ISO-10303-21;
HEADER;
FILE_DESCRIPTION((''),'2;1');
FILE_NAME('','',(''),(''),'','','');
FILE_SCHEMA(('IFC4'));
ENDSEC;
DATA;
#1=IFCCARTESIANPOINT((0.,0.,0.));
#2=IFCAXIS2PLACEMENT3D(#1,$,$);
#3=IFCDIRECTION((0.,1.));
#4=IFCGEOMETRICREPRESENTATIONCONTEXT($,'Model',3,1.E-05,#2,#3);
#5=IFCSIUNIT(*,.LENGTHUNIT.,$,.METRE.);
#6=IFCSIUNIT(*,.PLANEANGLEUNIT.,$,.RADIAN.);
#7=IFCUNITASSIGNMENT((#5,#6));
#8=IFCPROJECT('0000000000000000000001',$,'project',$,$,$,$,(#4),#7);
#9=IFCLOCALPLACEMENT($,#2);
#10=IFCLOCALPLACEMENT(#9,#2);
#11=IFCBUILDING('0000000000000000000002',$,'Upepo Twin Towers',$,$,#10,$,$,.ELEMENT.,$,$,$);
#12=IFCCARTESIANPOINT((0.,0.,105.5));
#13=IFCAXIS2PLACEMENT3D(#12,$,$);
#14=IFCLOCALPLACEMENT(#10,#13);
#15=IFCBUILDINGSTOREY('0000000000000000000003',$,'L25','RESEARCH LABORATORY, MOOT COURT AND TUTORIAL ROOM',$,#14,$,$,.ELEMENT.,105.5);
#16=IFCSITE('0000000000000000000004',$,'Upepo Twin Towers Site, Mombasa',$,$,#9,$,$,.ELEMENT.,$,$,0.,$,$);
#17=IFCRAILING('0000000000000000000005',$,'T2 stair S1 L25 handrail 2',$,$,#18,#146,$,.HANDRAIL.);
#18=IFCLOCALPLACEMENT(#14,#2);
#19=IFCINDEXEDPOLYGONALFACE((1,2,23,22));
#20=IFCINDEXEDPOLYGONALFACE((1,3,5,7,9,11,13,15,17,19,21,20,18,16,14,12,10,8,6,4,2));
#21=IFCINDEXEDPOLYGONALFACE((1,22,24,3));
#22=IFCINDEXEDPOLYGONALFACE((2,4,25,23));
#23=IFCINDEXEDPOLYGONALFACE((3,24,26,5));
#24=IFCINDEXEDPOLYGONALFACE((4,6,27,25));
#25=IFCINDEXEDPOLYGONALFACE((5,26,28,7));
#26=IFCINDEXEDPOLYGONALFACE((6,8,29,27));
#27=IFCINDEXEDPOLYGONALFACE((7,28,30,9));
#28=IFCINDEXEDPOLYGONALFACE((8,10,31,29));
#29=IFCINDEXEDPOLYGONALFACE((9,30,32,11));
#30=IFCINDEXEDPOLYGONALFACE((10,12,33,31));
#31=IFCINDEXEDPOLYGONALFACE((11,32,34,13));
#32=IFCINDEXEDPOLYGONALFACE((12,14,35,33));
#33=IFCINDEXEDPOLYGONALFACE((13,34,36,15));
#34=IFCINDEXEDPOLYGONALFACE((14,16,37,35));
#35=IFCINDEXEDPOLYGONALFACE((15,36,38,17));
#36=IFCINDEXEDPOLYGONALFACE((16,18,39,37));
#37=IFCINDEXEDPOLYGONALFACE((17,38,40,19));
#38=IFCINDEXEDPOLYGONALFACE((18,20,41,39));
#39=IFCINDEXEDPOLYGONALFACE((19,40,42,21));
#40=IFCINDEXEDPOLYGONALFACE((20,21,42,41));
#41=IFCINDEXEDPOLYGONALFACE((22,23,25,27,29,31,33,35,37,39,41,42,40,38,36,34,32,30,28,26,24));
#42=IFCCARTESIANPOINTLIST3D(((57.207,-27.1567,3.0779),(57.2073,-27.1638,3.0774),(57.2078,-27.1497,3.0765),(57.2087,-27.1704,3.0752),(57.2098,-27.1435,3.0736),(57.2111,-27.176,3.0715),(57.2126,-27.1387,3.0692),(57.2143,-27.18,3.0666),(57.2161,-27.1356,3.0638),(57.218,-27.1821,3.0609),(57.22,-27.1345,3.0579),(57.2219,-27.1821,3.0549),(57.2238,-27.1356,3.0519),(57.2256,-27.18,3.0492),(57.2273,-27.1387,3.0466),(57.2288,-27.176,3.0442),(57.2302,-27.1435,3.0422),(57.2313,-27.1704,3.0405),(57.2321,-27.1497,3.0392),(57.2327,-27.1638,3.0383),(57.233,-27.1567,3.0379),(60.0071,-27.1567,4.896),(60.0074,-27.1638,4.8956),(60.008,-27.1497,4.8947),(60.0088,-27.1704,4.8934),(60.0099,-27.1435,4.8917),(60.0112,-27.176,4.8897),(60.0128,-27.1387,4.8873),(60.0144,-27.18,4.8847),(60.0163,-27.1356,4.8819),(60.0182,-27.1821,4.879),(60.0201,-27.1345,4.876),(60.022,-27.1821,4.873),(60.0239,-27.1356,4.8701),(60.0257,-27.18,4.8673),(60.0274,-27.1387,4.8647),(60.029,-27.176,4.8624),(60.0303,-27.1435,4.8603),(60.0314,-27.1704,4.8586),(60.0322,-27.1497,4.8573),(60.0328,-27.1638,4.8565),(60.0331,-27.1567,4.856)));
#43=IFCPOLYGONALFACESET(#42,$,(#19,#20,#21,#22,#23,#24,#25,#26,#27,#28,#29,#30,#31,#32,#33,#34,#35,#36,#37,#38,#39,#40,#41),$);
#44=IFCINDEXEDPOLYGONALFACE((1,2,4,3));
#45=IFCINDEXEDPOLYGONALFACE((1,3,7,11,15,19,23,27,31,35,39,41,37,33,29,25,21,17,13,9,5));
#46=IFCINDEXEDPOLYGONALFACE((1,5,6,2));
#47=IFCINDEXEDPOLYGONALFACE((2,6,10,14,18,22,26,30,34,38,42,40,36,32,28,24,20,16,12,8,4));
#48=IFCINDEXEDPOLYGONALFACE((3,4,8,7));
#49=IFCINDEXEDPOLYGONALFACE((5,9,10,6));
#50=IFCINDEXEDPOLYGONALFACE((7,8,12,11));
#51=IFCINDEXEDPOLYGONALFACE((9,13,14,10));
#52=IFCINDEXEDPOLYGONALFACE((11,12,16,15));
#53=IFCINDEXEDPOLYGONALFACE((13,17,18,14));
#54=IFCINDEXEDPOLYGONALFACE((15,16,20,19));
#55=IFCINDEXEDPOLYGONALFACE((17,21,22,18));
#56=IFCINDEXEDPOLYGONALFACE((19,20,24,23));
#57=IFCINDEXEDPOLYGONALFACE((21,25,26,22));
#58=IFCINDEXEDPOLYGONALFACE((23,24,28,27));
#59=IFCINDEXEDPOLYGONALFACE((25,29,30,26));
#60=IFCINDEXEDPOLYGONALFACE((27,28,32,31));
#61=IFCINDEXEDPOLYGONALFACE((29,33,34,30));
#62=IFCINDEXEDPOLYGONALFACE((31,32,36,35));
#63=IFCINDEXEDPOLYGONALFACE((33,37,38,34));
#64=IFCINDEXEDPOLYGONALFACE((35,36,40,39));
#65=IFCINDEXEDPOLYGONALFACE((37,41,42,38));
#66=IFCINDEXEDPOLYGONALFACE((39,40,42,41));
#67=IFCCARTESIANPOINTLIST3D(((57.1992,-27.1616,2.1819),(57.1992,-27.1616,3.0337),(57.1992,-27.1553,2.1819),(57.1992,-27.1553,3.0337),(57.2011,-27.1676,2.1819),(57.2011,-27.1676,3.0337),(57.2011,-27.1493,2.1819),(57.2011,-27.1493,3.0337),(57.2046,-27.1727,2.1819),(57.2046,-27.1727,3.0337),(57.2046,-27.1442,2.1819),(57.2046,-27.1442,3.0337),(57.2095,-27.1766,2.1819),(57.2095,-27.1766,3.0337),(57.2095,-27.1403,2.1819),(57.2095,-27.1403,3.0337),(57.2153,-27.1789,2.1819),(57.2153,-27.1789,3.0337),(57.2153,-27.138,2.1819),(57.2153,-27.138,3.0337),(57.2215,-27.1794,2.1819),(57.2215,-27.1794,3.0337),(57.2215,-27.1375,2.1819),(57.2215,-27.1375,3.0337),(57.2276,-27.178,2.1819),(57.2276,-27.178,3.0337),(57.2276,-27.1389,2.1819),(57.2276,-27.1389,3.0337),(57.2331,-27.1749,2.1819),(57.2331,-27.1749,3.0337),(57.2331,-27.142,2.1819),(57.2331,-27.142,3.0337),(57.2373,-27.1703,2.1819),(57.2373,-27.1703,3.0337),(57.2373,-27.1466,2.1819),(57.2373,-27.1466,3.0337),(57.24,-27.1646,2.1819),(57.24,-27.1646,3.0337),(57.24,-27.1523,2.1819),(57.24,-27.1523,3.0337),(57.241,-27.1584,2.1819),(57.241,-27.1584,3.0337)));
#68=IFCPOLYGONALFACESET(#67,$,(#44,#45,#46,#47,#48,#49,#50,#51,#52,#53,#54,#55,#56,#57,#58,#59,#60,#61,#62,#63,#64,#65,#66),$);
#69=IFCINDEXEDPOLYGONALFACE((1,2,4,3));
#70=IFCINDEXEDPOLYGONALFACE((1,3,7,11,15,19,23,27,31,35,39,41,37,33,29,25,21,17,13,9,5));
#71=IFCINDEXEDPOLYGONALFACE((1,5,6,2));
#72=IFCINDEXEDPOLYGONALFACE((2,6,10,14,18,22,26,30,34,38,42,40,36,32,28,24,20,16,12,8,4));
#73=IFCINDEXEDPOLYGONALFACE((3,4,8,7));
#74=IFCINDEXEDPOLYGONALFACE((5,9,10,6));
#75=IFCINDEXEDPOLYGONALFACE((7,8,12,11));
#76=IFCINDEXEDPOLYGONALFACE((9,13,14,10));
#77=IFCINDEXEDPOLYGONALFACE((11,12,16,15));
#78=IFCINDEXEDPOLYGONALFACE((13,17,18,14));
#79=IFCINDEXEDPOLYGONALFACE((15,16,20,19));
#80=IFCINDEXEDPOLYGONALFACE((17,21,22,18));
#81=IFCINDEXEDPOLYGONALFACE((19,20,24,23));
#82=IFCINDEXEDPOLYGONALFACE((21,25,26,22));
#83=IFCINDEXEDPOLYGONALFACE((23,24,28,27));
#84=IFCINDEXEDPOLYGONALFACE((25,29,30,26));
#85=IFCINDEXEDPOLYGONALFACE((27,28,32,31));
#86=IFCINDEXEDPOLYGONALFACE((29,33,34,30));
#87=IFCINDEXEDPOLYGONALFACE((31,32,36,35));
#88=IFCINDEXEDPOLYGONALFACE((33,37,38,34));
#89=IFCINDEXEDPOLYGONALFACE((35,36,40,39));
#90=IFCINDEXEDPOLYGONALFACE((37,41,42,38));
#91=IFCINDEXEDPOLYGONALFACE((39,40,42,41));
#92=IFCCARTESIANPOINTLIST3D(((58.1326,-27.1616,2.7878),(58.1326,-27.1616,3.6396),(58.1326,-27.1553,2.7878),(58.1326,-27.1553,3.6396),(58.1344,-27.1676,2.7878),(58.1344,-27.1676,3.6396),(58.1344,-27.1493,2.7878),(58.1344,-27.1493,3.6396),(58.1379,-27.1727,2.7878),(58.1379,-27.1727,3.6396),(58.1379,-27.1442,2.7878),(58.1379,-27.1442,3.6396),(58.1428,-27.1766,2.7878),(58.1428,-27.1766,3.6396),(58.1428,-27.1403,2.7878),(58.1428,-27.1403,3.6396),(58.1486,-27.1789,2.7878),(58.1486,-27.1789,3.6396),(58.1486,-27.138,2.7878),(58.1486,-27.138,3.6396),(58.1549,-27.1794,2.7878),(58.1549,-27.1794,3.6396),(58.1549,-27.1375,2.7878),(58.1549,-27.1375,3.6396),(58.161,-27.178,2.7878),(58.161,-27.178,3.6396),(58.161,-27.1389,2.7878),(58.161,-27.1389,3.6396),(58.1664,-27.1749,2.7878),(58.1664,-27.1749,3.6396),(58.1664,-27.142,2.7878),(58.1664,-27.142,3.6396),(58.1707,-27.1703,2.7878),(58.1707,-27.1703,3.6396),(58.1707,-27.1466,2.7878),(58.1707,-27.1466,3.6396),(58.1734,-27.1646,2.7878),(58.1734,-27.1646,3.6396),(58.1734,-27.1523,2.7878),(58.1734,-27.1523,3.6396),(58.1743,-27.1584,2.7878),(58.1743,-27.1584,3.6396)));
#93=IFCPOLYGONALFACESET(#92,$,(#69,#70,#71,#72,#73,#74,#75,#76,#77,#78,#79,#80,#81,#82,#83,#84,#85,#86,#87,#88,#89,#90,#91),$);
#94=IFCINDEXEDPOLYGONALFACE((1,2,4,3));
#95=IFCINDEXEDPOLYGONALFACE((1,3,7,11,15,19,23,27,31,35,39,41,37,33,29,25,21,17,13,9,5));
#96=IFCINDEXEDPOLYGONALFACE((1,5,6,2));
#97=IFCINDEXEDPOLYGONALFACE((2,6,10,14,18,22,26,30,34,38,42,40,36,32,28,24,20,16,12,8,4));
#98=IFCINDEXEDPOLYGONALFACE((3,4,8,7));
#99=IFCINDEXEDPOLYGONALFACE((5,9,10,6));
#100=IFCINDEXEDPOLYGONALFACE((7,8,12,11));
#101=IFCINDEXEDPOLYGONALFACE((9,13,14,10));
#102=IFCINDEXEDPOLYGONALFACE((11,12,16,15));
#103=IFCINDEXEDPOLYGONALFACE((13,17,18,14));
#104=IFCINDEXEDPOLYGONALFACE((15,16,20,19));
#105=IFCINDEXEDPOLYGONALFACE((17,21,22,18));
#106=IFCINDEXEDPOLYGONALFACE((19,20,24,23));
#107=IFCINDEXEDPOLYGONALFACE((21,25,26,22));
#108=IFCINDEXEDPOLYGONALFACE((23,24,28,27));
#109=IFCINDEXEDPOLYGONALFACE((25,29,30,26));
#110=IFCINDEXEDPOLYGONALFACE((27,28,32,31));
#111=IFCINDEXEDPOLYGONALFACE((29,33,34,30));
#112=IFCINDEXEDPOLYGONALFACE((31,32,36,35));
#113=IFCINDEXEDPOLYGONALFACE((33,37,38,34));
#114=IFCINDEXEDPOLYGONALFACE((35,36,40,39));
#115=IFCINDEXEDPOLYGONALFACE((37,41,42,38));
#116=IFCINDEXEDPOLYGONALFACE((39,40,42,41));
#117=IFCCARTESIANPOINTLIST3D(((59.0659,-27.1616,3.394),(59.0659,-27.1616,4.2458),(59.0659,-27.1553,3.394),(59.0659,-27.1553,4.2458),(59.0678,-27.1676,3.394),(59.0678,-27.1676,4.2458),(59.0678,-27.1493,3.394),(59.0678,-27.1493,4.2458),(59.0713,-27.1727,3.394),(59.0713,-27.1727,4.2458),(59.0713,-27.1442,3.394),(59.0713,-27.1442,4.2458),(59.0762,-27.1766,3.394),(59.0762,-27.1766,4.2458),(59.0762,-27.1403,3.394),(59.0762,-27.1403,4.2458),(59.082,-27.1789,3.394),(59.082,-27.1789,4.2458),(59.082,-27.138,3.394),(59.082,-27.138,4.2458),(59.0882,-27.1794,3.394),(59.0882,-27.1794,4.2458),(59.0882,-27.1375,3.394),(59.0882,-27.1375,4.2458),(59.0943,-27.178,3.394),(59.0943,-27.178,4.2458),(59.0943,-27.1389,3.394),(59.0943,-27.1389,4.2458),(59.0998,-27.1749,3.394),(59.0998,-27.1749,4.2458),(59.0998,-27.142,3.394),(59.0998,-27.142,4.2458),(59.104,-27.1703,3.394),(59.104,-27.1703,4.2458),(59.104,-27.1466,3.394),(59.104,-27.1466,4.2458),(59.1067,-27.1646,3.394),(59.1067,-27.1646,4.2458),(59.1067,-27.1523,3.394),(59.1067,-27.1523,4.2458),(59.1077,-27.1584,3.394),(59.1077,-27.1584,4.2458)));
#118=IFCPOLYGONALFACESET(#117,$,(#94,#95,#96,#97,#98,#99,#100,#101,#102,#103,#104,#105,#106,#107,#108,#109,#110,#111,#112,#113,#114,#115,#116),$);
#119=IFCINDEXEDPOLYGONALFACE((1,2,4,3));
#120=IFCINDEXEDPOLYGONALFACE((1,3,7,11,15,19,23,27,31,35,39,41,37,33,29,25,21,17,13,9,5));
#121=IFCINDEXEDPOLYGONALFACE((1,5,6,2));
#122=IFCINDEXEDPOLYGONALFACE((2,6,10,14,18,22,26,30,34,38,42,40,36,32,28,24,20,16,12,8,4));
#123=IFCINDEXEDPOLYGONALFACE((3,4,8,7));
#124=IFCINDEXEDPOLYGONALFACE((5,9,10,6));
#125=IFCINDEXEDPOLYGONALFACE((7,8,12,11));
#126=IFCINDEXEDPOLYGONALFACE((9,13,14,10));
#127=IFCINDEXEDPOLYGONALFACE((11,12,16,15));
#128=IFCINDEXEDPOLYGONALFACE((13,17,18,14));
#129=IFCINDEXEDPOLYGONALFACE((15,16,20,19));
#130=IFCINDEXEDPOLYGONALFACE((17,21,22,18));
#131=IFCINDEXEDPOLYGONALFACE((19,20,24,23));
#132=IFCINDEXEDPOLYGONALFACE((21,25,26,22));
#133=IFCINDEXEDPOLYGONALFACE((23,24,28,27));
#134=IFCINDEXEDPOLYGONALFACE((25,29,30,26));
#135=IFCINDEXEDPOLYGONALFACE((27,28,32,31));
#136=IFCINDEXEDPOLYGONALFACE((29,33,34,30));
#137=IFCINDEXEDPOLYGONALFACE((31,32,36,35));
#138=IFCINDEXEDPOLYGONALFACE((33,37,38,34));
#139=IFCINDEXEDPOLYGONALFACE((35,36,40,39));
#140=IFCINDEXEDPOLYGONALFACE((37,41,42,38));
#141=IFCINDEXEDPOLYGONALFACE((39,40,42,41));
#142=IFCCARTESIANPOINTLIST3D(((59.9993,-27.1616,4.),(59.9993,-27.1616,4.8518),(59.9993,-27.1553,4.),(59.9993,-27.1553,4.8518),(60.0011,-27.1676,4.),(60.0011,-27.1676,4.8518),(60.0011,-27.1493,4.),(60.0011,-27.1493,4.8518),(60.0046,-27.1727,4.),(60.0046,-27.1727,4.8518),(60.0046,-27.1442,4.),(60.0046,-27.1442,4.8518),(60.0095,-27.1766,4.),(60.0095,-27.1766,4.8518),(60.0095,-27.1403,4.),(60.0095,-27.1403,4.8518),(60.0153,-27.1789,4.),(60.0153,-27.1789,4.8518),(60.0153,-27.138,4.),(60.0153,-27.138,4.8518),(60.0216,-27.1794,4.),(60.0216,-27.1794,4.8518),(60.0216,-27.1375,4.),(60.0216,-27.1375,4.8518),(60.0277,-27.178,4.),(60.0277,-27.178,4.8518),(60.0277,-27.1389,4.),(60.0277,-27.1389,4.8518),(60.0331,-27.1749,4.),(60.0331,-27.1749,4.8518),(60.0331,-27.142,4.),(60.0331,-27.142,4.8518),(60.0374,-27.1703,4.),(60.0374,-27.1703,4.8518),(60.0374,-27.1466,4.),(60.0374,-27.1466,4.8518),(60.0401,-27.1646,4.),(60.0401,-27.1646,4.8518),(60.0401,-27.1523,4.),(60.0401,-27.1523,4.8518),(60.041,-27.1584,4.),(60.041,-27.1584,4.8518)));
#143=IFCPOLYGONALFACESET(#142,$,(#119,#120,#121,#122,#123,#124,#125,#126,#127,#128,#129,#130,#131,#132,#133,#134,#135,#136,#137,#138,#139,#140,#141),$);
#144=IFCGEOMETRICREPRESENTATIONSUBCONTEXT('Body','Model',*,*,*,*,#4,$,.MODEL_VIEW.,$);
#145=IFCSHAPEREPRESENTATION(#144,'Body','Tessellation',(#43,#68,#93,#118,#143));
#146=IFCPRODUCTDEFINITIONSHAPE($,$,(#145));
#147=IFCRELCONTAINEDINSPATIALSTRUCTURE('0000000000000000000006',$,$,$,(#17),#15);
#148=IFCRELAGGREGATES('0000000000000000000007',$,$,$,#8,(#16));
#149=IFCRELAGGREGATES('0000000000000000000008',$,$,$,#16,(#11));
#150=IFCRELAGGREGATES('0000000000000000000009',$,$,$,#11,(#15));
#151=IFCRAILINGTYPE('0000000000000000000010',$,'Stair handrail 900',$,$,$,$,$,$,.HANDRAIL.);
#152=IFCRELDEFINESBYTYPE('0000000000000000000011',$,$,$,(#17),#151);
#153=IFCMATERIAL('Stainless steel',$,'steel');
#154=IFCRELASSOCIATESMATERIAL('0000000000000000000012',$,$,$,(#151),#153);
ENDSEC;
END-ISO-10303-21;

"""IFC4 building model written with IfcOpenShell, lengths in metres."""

from ifc_helpers import new_model, si_unit, direction, frame, origin, origin_2d, place, context, subcontext, project, spatial, circle, extrude, material, type_object, element, save


model = new_model("IFC4")

# Units and contexts
model_context = context("Model", 3, precision=1e-05, world=origin(), true_north=direction((0.0, 1.0)))
body_context = subcontext(model_context, "Body", "Model", "MODEL_VIEW")
ifc_project = project(units=[si_unit("LENGTHUNIT", "METRE"), si_unit("PLANEANGLEUNIT", "RADIAN")], contexts=[model_context])

# Site, building, storey
site_placement = place(None, origin())
site = spatial("IfcSite", under=ifc_project, at=site_placement, Name="Upepo Twin Towers Site, Mombasa", CompositionType="ELEMENT", RefElevation=0.0)
building_placement = place(site_placement, origin())
building = spatial("IfcBuilding", under=site, at=building_placement, Name="Upepo Twin Towers", CompositionType="ELEMENT")
storey_placement = place(building_placement, frame((0.0, 0.0, 105.5)))
storey = spatial("IfcBuildingStorey", under=building, at=storey_placement, Name="L25", Description="RESEARCH LABORATORY, MOOT COURT AND TUTORIAL ROOM", CompositionType="ELEMENT", Elevation=105.5)

# Railing
ifc_material_1 = material(Name="Stainless steel", Category="steel")
railing_type = type_object("IfcRailingType", Name="Stair handrail 900", PredefinedType="HANDRAIL", material=ifc_material_1)
railing_1_placement = place(storey_placement, frame((57.22, -27.1584, 2.1819)))
element("IfcRailing", 1, at=railing_1_placement, inside=storey, type_object=railing_type, Name="T2 stair S1 L25 handrail 2", PredefinedType="HANDRAIL", context=body_context, shape_type="SweptSolid", body=[
    extrude(circle(Radius=0.0239, at=origin_2d()), frame((0.0, 0.0, 0.876), z_axis=(0.838706, 0.0, 0.544585), x_axis=(0.0, 1.0, 0.0)), (0.0, 0.0, 1.0), 3.3386),
    extrude(circle(Radius=0.021, at=origin_2d()), origin(), (0.0, 0.0, 1.0), 0.8518),
    extrude(circle(Radius=0.021, at=origin_2d()), frame((0.9333, 0.0, 0.606)), (0.0, 0.0, 1.0), 0.8518),
    extrude(circle(Radius=0.021, at=origin_2d()), frame((1.8667, 0.0, 1.2122)), (0.0, 0.0, 1.0), 0.8518),
    extrude(circle(Radius=0.021, at=origin_2d()), frame((2.8, 0.0, 1.8181)), (0.0, 0.0, 1.0), 0.8518),
])

save(model, "model.ifc")
